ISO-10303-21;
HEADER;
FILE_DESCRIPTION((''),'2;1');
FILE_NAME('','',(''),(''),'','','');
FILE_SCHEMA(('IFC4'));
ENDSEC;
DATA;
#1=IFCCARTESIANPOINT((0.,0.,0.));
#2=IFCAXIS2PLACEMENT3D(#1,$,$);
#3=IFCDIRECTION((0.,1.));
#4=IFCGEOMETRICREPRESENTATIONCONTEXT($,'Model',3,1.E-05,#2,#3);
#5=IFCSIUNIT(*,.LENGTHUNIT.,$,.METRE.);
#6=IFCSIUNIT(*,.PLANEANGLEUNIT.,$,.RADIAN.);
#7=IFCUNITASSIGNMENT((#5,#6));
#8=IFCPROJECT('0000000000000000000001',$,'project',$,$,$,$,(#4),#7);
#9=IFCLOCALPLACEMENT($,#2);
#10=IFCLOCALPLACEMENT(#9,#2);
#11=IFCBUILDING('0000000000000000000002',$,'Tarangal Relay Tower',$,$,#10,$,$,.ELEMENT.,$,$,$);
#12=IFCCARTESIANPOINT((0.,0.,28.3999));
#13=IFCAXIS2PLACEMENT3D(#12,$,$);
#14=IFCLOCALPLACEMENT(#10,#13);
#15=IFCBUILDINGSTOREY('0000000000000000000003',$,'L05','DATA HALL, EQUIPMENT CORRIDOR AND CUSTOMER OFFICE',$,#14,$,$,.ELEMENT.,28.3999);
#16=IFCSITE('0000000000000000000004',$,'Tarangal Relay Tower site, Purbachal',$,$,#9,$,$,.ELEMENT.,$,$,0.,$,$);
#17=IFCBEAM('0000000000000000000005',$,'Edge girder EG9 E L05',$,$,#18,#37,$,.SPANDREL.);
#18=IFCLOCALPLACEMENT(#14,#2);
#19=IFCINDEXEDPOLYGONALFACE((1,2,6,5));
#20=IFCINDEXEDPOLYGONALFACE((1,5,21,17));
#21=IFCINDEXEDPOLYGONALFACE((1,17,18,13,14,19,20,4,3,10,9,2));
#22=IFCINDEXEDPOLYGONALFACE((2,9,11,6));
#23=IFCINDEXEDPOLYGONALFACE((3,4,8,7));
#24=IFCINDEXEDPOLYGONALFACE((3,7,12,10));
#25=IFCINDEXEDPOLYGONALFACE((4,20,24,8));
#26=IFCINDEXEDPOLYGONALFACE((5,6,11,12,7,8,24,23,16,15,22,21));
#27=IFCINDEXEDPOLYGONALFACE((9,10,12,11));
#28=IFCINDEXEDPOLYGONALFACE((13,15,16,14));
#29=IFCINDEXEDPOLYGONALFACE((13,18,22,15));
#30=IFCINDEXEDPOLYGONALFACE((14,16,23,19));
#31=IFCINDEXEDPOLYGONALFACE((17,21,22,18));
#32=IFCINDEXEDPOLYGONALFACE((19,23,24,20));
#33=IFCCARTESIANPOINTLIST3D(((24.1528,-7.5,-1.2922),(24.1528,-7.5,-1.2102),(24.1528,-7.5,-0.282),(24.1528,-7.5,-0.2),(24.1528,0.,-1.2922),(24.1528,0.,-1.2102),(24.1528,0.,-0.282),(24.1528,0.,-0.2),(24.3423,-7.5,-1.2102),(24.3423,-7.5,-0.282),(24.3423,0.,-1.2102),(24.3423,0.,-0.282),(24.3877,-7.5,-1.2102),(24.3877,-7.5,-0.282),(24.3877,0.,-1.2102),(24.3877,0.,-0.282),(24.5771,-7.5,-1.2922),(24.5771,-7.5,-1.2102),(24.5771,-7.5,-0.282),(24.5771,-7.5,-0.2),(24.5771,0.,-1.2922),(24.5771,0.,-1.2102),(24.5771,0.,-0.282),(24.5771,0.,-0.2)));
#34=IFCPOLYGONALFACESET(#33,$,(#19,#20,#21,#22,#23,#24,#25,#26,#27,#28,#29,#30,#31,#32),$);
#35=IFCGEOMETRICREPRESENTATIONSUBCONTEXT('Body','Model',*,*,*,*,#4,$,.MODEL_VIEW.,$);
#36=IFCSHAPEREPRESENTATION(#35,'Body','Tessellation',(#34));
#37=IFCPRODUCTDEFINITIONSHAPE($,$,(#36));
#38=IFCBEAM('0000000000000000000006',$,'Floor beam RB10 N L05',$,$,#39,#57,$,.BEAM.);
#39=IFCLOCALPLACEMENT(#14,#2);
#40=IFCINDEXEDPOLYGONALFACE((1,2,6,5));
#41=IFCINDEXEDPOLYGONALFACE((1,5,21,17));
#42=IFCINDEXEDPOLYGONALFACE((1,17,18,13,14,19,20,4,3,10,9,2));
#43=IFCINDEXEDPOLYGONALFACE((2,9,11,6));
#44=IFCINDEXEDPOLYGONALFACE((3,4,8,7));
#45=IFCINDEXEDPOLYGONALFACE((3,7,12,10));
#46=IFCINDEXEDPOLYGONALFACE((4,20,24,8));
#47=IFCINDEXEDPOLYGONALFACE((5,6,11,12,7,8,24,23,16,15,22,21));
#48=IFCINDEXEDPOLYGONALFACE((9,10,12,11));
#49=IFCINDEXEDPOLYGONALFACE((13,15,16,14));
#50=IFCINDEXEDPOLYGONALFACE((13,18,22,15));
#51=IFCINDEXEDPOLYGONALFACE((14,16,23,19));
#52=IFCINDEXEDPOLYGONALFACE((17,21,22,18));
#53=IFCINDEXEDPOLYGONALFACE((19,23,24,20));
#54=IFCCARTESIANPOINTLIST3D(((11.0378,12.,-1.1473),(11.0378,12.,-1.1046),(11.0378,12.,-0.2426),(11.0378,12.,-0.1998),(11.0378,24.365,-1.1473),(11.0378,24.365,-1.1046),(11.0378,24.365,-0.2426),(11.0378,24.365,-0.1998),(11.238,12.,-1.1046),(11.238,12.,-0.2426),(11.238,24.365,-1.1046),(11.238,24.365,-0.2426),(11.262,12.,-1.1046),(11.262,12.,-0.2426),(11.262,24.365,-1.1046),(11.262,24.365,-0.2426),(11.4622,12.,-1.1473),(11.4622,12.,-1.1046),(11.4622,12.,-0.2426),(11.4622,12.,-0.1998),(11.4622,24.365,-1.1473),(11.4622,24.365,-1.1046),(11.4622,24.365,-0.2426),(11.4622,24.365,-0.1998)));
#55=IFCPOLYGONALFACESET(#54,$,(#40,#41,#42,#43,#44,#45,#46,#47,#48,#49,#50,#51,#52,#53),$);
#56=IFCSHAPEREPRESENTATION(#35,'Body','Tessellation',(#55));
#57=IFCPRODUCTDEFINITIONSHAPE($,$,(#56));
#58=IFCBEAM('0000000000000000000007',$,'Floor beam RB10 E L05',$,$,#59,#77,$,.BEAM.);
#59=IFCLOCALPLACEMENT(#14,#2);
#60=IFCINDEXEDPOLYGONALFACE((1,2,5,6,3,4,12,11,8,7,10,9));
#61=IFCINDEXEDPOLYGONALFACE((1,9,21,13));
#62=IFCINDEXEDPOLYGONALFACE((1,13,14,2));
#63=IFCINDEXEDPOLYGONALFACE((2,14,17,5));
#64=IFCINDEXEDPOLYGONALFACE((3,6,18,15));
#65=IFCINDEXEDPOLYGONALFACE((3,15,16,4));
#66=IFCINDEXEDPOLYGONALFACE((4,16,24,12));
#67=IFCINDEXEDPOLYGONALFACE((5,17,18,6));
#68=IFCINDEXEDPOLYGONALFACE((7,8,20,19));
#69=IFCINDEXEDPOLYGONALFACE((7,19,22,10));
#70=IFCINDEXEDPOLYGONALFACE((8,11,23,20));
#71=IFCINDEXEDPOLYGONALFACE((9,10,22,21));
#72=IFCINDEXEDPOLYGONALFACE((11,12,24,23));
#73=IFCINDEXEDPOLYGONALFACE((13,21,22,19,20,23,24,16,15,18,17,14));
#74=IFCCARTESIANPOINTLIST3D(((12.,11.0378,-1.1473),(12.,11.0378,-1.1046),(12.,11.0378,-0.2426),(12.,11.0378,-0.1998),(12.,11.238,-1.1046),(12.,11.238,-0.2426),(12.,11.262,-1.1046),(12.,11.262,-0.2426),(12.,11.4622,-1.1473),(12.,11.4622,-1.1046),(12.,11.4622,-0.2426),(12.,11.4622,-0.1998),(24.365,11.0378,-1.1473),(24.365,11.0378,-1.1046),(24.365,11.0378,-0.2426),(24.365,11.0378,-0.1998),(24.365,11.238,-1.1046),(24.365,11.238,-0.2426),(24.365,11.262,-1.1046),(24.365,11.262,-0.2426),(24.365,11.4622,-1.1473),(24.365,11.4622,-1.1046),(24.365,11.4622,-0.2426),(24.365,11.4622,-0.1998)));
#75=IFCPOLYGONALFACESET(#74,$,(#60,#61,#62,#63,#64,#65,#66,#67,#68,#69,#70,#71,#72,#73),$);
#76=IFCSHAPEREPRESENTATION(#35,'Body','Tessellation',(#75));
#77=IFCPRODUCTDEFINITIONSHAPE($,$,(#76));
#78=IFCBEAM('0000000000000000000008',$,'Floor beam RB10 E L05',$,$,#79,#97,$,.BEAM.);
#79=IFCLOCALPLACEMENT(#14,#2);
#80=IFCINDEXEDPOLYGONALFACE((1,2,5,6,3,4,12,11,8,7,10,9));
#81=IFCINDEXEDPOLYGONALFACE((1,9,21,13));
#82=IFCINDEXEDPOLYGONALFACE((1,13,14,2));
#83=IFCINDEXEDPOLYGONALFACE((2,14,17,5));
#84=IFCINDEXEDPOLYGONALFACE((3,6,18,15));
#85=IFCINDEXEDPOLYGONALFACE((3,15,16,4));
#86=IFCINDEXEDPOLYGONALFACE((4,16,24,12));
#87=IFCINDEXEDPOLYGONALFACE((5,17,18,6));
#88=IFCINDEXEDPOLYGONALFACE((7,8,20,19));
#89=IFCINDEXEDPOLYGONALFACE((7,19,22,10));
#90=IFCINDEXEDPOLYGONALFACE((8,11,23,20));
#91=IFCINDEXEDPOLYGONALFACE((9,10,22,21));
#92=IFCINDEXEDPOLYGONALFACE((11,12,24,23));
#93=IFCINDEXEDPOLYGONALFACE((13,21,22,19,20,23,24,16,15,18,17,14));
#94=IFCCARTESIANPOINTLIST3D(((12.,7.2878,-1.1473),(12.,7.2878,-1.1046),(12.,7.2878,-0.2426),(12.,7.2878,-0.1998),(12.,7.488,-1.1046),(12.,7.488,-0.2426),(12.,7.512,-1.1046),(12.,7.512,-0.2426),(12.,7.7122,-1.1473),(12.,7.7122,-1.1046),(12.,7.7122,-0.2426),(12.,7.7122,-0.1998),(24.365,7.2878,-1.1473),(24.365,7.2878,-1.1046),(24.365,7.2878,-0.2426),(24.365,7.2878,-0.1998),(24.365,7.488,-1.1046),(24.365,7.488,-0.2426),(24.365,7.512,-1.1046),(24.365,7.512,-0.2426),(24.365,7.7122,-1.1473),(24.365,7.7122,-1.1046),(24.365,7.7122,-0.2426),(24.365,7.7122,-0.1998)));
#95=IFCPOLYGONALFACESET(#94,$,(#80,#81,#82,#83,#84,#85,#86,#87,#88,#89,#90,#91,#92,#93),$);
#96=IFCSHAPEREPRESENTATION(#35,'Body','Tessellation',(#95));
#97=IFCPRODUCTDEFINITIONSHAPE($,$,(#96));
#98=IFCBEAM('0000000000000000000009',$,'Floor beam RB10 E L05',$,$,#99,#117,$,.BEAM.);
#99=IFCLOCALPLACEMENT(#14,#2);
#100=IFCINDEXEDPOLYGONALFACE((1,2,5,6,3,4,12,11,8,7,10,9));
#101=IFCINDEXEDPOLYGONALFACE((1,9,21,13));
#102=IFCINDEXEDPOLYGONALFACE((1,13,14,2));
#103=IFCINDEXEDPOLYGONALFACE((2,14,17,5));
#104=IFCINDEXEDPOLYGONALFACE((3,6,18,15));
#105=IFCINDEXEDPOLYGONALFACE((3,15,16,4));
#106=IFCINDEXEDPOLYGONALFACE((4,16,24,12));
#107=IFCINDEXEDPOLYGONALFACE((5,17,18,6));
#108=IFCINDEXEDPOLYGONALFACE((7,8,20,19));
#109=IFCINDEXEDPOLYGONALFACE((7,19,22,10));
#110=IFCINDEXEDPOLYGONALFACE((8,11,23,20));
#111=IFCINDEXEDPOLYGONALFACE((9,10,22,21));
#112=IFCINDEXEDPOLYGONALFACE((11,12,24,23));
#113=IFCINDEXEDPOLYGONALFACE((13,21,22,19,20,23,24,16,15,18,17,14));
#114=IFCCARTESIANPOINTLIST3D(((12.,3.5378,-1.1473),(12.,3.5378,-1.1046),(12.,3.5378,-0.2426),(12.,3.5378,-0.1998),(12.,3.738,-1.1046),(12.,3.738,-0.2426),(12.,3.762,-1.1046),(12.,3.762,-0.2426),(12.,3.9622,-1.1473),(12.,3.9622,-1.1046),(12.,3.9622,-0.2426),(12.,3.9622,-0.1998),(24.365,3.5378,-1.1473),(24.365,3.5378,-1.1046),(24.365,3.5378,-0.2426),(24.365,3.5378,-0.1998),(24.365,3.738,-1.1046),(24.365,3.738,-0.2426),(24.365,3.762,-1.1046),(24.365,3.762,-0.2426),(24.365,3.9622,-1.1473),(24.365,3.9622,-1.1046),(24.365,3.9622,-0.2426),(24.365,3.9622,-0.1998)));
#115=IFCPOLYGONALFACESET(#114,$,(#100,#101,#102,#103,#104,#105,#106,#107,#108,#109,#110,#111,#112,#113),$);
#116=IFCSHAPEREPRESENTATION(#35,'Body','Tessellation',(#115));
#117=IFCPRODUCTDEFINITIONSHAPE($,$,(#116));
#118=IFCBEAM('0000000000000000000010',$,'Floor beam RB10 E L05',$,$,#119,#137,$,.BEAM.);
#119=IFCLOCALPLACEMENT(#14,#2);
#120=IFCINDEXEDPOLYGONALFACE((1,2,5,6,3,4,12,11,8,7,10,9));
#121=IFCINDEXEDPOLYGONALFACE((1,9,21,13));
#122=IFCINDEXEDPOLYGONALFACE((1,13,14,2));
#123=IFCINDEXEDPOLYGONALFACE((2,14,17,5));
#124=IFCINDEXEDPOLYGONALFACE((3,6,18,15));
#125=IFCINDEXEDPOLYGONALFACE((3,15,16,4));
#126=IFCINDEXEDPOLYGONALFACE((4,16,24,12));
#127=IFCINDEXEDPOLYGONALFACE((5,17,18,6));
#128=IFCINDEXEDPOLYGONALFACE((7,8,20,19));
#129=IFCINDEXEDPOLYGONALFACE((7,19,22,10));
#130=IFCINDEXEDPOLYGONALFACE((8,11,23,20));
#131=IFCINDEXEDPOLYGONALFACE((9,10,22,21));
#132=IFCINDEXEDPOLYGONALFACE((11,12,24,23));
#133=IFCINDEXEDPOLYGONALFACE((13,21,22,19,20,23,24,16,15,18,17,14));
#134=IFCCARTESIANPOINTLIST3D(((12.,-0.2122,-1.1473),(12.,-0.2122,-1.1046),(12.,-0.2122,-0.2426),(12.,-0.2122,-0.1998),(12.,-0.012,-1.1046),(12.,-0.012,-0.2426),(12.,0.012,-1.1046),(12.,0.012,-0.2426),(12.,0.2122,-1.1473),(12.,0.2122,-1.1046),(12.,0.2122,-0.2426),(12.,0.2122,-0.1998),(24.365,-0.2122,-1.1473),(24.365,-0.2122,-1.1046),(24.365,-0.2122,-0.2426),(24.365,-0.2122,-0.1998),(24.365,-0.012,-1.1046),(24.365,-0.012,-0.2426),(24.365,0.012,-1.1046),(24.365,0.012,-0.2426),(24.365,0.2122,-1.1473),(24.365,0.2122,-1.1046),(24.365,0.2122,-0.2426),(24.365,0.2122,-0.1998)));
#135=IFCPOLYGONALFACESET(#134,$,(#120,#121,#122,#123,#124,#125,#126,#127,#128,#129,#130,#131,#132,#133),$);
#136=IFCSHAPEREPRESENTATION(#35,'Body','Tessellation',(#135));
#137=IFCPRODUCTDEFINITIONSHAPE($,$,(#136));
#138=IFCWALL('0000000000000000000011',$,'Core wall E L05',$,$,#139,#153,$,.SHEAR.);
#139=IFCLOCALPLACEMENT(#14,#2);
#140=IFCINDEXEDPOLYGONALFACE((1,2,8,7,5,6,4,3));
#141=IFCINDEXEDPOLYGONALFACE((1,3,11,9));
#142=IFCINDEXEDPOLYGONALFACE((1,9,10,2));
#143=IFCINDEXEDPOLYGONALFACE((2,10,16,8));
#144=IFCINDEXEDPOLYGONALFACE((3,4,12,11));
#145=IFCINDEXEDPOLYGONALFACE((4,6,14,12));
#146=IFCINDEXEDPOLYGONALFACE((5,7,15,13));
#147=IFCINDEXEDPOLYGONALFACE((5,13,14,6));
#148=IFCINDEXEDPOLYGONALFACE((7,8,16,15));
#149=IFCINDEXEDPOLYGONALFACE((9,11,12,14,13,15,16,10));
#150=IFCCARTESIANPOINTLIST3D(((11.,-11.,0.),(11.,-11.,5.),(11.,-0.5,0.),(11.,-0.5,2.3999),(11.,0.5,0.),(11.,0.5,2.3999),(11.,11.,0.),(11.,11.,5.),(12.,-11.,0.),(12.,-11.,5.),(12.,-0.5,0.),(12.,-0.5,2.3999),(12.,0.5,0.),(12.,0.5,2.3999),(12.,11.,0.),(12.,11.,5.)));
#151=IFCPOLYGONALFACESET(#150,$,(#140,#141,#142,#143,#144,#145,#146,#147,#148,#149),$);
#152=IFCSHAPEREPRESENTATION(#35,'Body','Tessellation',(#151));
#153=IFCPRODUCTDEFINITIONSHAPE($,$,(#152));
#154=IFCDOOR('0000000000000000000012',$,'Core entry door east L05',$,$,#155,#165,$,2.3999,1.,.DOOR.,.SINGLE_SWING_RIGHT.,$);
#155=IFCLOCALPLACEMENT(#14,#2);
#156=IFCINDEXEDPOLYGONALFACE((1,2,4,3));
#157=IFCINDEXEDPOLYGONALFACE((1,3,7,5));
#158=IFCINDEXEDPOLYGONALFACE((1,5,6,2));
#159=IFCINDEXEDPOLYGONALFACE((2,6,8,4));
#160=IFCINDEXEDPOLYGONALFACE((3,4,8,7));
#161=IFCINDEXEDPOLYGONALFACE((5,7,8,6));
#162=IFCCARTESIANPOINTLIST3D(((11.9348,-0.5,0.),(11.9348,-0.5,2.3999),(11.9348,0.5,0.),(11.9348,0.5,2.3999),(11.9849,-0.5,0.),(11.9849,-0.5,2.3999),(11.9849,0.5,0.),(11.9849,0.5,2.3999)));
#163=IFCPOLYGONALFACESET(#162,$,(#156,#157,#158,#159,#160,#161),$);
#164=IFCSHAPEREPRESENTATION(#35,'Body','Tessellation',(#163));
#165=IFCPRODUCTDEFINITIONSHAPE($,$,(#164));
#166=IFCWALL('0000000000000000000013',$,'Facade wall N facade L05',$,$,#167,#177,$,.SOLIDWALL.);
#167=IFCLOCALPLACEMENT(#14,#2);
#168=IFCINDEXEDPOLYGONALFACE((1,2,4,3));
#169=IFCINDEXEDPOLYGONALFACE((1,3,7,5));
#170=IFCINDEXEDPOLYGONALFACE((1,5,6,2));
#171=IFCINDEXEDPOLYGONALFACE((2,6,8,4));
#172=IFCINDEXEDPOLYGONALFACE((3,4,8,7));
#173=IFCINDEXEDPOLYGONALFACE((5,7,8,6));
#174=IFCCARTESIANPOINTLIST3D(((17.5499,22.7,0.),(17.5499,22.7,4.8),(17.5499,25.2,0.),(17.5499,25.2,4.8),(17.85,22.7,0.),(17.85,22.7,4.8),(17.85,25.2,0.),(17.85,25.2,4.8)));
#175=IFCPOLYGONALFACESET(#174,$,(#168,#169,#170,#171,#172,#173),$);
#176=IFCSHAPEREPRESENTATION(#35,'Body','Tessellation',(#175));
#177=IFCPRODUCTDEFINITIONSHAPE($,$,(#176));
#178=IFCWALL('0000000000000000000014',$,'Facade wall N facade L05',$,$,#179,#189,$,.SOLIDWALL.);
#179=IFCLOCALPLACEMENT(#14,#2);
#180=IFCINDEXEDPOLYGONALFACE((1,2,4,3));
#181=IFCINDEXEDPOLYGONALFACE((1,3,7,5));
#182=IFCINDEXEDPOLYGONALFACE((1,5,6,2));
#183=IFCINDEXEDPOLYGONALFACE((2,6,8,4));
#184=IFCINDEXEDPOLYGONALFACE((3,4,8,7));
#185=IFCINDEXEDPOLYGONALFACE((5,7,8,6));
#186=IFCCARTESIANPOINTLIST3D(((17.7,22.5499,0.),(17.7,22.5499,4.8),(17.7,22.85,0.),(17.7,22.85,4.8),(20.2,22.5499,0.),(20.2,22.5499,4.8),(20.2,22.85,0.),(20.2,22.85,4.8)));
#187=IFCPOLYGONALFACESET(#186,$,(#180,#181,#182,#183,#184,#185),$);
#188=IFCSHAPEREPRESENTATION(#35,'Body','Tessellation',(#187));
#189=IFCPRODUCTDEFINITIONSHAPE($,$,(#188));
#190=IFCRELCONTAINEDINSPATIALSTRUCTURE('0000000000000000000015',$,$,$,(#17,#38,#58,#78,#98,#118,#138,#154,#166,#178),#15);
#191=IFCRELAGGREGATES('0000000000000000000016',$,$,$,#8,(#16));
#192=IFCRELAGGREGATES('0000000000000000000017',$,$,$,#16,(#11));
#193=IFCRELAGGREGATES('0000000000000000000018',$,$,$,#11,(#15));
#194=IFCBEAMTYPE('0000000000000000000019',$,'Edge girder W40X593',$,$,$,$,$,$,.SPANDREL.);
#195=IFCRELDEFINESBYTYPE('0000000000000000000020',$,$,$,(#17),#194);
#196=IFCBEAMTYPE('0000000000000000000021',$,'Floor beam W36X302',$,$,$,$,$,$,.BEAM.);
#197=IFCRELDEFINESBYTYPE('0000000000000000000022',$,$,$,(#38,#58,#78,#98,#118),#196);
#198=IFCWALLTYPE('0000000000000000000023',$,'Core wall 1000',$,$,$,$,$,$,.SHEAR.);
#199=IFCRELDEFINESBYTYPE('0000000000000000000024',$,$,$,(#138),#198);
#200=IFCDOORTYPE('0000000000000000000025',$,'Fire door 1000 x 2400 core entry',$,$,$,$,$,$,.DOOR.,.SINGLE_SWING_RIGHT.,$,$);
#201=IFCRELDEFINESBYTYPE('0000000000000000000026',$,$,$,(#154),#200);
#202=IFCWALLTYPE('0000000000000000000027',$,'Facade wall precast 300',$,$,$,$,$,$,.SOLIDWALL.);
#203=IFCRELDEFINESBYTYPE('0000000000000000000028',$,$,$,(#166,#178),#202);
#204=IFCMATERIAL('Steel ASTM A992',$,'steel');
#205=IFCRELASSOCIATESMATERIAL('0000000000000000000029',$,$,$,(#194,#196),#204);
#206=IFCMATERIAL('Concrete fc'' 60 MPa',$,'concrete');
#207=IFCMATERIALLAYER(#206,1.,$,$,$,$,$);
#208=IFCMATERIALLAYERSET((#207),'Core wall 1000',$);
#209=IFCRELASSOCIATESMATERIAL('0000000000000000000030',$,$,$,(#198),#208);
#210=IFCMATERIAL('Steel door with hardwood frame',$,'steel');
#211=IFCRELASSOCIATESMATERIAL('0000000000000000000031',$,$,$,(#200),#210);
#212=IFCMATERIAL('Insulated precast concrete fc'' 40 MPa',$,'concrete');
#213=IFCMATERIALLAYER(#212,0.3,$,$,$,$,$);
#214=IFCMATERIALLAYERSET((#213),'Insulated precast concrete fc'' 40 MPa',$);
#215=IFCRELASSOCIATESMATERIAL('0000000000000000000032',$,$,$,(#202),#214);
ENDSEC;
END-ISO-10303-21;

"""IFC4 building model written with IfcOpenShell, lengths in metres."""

from ifc_helpers import new_model, si_unit, direction, frame, frame_2d, origin, origin_2d, place, context, subcontext, project, spatial, rectangle, i_section, extrude, material, layer, layer_set, material_profile, profile_set, type_object, element, fill, save


model = new_model("IFC4")

# Units and contexts
model_context = context("Model", 3, precision=1e-05, world=origin(), true_north=direction((0.0, 1.0)))
body_context = subcontext(model_context, "Body", "Model", "MODEL_VIEW")
ifc_project = project(units=[si_unit("LENGTHUNIT", "METRE"), si_unit("PLANEANGLEUNIT", "RADIAN")], contexts=[model_context])

# Site, building, storey
site_placement = place(None, origin())
site = spatial("IfcSite", under=ifc_project, at=site_placement, Name="Tarangal Relay Tower site, Purbachal", CompositionType="ELEMENT", RefElevation=0.0)
building_placement = place(site_placement, origin())
building = spatial("IfcBuilding", under=site, at=building_placement, Name="Tarangal Relay Tower", CompositionType="ELEMENT")
storey_placement = place(building_placement, frame((0.0, 0.0, 28.3999)))
storey = spatial("IfcBuildingStorey", under=building, at=storey_placement, Name="L05", Description="DATA HALL, EQUIPMENT CORRIDOR AND CUSTOMER OFFICE", CompositionType="ELEMENT", Elevation=28.3999)

# Beams
ifc_material_1 = material(Name="Steel ASTM A992", Category="steel")
ifc_material_profile_1 = material_profile(ifc_material_1, i_section(OverallWidth=0.4243, OverallDepth=1.0923, WebThickness=0.0454, FlangeThickness=0.082, at=origin_2d()), Name="W40X593")
ifc_profile_set_1 = profile_set([ifc_material_profile_1], Name="Steel ASTM A992")
beam_type_1 = type_object("IfcBeamType", Name="Edge girder W40X593", PredefinedType="SPANDREL", material=ifc_profile_set_1)
for number, where, z_axis, x_axis, name in (
    (1, (24.365, 0.0, -0.7461), (0.0, -1.0, 0.0), (1.0, 0.0, 0.0), "Edge girder EG9 E L05"),
):
    element("IfcBeam", number, at=place(storey_placement, frame(where, z_axis=z_axis, x_axis=x_axis)), inside=storey, type_object=beam_type_1, Name=name, PredefinedType="SPANDREL", context=body_context, shape_type="SweptSolid", body=[
        extrude(i_section(OverallWidth=0.4243, OverallDepth=1.0923, WebThickness=0.0454, FlangeThickness=0.082, at=origin_2d()), origin(), (0.0, 0.0, 1.0), 7.5),
    ])
ifc_material_profile_2 = material_profile(ifc_material_1, i_section(OverallWidth=0.4243, OverallDepth=0.9475, WebThickness=0.0239, FlangeThickness=0.0427, at=origin_2d()), Name="W36X302")
ifc_profile_set_2 = profile_set([ifc_material_profile_2], Name="Steel ASTM A992")
beam_type_2 = type_object("IfcBeamType", Name="Floor beam W36X302", PredefinedType="BEAM", material=ifc_profile_set_2)
for number, where, z_axis, x_axis, name in (
    (2, (11.25, 12.0, -0.6736), (0.0, 1.0, 0.0), (-1.0, 0.0, 0.0), "Floor beam RB10 N L05"),
    (3, (12.0, 11.25, -0.6736), (1.0, 0.0, 0.0), (0.0, 1.0, 0.0), "Floor beam RB10 E L05"),
    (4, (12.0, 7.5, -0.6736), (1.0, 0.0, 0.0), (0.0, 1.0, 0.0), "Floor beam RB10 E L05"),
    (5, (12.0, 3.75, -0.6736), (1.0, 0.0, 0.0), (0.0, 1.0, 0.0), "Floor beam RB10 E L05"),
    (6, (12.0, 0.0, -0.6736), (1.0, 0.0, 0.0), (0.0, 1.0, 0.0), "Floor beam RB10 E L05"),
):
    element("IfcBeam", number, at=place(storey_placement, frame(where, z_axis=z_axis, x_axis=x_axis)), inside=storey, type_object=beam_type_2, Name=name, PredefinedType="BEAM", context=body_context, shape_type="SweptSolid", body=[
        extrude(i_section(OverallWidth=0.4243, OverallDepth=0.9475, WebThickness=0.0239, FlangeThickness=0.0427, at=origin_2d()), origin(), (0.0, 0.0, 1.0), 12.365),
    ])

# Wall, opening, door
ifc_material_2 = material(Name="Concrete fc' 60 MPa", Category="concrete")
ifc_layer_1 = layer(ifc_material_2, 1.0)
ifc_layer_set_1 = layer_set([ifc_layer_1], Name="Core wall 1000")
wall_type_1 = type_object("IfcWallType", Name="Core wall 1000", PredefinedType="SHEAR", material=ifc_layer_set_1)
wall_1_placement = place(storey_placement, frame((11.5, 11.0, 0.0), z_axis=(0.0, 0.0, 1.0), x_axis=(0.0, -1.0, 0.0)))
wall_1 = element("IfcWall", 7, at=wall_1_placement, inside=storey, type_object=wall_type_1, Name="Core wall E L05", PredefinedType="SHEAR", context=body_context, shape_type="SweptSolid", body=[
    extrude(rectangle(XDim=22.0, YDim=1.0, at=frame_2d((11.0, 0.0))), origin(), (0.0, 0.0, 1.0), 5.0),
])
opening_1_placement = place(wall_1_placement, frame((10.5, 0.0, 0.0)))
opening_1 = element("IfcOpeningElement", 8, at=opening_1_placement, cuts=wall_1, PredefinedType="OPENING", context=body_context, shape_type="SweptSolid", body=[
    extrude(rectangle(XDim=1.0, YDim=2.3999, at=frame_2d((0.5, 1.2))), frame((0.0, 0.51, 0.0), z_axis=(0.0, -1.0, 0.0), x_axis=(1.0, 0.0, 0.0)), (0.0, 0.0, 1.0), 1.02),
])
ifc_material_3 = material(Name="Steel door with hardwood frame", Category="steel")
door_type_1 = type_object("IfcDoorType", Name="Fire door 1000 x 2400 core entry", OperationType="SINGLE_SWING_RIGHT", PredefinedType="DOOR", material=ifc_material_3)
door_1_placement = place(opening_1_placement, origin())
door_1 = element("IfcDoor", 9, at=door_1_placement, inside=storey, type_object=door_type_1, Name="Core entry door east L05", OperationType="SINGLE_SWING_RIGHT", OverallHeight=2.3999, OverallWidth=1.0, PredefinedType="DOOR", context=body_context, shape_type="SweptSolid", body=[
    extrude(rectangle(XDim=1.0, YDim=2.3999, at=frame_2d((0.5, 1.2))), frame((0.0, 0.4849, 0.0), z_axis=(0.0, -1.0, 0.0), x_axis=(1.0, 0.0, 0.0)), (0.0, 0.0, 1.0), 0.05),
])
fill(opening_1, door_1)

# Walls
ifc_material_4 = material(Name="Insulated precast concrete fc' 40 MPa", Category="concrete")
ifc_layer_2 = layer(ifc_material_4, 0.3)
ifc_layer_set_2 = layer_set([ifc_layer_2], Name="Insulated precast concrete fc' 40 MPa")
wall_type_2 = type_object("IfcWallType", Name="Facade wall precast 300", PredefinedType="SOLIDWALL", material=ifc_layer_set_2)
for number, where, z_axis, x_axis, name in (
    (10, (17.7, 25.2, 0.0), (0.0, 0.0, 1.0), (0.0, -1.0, 0.0), "Facade wall N facade L05"),
    (11, (17.7, 22.7, 0.0), (0.0, 0.0, 1.0), (1.0, 0.0, 0.0), "Facade wall N facade L05"),
):
    element("IfcWall", number, at=place(storey_placement, frame(where, z_axis=z_axis, x_axis=x_axis)), inside=storey, type_object=wall_type_2, Name=name, PredefinedType="SOLIDWALL", context=body_context, shape_type="SweptSolid", body=[
        extrude(rectangle(XDim=2.5, YDim=0.3, at=frame_2d((1.25, 0.0))), origin(), (0.0, 0.0, 1.0), 4.8),
    ])

save(model, "model.ifc")
